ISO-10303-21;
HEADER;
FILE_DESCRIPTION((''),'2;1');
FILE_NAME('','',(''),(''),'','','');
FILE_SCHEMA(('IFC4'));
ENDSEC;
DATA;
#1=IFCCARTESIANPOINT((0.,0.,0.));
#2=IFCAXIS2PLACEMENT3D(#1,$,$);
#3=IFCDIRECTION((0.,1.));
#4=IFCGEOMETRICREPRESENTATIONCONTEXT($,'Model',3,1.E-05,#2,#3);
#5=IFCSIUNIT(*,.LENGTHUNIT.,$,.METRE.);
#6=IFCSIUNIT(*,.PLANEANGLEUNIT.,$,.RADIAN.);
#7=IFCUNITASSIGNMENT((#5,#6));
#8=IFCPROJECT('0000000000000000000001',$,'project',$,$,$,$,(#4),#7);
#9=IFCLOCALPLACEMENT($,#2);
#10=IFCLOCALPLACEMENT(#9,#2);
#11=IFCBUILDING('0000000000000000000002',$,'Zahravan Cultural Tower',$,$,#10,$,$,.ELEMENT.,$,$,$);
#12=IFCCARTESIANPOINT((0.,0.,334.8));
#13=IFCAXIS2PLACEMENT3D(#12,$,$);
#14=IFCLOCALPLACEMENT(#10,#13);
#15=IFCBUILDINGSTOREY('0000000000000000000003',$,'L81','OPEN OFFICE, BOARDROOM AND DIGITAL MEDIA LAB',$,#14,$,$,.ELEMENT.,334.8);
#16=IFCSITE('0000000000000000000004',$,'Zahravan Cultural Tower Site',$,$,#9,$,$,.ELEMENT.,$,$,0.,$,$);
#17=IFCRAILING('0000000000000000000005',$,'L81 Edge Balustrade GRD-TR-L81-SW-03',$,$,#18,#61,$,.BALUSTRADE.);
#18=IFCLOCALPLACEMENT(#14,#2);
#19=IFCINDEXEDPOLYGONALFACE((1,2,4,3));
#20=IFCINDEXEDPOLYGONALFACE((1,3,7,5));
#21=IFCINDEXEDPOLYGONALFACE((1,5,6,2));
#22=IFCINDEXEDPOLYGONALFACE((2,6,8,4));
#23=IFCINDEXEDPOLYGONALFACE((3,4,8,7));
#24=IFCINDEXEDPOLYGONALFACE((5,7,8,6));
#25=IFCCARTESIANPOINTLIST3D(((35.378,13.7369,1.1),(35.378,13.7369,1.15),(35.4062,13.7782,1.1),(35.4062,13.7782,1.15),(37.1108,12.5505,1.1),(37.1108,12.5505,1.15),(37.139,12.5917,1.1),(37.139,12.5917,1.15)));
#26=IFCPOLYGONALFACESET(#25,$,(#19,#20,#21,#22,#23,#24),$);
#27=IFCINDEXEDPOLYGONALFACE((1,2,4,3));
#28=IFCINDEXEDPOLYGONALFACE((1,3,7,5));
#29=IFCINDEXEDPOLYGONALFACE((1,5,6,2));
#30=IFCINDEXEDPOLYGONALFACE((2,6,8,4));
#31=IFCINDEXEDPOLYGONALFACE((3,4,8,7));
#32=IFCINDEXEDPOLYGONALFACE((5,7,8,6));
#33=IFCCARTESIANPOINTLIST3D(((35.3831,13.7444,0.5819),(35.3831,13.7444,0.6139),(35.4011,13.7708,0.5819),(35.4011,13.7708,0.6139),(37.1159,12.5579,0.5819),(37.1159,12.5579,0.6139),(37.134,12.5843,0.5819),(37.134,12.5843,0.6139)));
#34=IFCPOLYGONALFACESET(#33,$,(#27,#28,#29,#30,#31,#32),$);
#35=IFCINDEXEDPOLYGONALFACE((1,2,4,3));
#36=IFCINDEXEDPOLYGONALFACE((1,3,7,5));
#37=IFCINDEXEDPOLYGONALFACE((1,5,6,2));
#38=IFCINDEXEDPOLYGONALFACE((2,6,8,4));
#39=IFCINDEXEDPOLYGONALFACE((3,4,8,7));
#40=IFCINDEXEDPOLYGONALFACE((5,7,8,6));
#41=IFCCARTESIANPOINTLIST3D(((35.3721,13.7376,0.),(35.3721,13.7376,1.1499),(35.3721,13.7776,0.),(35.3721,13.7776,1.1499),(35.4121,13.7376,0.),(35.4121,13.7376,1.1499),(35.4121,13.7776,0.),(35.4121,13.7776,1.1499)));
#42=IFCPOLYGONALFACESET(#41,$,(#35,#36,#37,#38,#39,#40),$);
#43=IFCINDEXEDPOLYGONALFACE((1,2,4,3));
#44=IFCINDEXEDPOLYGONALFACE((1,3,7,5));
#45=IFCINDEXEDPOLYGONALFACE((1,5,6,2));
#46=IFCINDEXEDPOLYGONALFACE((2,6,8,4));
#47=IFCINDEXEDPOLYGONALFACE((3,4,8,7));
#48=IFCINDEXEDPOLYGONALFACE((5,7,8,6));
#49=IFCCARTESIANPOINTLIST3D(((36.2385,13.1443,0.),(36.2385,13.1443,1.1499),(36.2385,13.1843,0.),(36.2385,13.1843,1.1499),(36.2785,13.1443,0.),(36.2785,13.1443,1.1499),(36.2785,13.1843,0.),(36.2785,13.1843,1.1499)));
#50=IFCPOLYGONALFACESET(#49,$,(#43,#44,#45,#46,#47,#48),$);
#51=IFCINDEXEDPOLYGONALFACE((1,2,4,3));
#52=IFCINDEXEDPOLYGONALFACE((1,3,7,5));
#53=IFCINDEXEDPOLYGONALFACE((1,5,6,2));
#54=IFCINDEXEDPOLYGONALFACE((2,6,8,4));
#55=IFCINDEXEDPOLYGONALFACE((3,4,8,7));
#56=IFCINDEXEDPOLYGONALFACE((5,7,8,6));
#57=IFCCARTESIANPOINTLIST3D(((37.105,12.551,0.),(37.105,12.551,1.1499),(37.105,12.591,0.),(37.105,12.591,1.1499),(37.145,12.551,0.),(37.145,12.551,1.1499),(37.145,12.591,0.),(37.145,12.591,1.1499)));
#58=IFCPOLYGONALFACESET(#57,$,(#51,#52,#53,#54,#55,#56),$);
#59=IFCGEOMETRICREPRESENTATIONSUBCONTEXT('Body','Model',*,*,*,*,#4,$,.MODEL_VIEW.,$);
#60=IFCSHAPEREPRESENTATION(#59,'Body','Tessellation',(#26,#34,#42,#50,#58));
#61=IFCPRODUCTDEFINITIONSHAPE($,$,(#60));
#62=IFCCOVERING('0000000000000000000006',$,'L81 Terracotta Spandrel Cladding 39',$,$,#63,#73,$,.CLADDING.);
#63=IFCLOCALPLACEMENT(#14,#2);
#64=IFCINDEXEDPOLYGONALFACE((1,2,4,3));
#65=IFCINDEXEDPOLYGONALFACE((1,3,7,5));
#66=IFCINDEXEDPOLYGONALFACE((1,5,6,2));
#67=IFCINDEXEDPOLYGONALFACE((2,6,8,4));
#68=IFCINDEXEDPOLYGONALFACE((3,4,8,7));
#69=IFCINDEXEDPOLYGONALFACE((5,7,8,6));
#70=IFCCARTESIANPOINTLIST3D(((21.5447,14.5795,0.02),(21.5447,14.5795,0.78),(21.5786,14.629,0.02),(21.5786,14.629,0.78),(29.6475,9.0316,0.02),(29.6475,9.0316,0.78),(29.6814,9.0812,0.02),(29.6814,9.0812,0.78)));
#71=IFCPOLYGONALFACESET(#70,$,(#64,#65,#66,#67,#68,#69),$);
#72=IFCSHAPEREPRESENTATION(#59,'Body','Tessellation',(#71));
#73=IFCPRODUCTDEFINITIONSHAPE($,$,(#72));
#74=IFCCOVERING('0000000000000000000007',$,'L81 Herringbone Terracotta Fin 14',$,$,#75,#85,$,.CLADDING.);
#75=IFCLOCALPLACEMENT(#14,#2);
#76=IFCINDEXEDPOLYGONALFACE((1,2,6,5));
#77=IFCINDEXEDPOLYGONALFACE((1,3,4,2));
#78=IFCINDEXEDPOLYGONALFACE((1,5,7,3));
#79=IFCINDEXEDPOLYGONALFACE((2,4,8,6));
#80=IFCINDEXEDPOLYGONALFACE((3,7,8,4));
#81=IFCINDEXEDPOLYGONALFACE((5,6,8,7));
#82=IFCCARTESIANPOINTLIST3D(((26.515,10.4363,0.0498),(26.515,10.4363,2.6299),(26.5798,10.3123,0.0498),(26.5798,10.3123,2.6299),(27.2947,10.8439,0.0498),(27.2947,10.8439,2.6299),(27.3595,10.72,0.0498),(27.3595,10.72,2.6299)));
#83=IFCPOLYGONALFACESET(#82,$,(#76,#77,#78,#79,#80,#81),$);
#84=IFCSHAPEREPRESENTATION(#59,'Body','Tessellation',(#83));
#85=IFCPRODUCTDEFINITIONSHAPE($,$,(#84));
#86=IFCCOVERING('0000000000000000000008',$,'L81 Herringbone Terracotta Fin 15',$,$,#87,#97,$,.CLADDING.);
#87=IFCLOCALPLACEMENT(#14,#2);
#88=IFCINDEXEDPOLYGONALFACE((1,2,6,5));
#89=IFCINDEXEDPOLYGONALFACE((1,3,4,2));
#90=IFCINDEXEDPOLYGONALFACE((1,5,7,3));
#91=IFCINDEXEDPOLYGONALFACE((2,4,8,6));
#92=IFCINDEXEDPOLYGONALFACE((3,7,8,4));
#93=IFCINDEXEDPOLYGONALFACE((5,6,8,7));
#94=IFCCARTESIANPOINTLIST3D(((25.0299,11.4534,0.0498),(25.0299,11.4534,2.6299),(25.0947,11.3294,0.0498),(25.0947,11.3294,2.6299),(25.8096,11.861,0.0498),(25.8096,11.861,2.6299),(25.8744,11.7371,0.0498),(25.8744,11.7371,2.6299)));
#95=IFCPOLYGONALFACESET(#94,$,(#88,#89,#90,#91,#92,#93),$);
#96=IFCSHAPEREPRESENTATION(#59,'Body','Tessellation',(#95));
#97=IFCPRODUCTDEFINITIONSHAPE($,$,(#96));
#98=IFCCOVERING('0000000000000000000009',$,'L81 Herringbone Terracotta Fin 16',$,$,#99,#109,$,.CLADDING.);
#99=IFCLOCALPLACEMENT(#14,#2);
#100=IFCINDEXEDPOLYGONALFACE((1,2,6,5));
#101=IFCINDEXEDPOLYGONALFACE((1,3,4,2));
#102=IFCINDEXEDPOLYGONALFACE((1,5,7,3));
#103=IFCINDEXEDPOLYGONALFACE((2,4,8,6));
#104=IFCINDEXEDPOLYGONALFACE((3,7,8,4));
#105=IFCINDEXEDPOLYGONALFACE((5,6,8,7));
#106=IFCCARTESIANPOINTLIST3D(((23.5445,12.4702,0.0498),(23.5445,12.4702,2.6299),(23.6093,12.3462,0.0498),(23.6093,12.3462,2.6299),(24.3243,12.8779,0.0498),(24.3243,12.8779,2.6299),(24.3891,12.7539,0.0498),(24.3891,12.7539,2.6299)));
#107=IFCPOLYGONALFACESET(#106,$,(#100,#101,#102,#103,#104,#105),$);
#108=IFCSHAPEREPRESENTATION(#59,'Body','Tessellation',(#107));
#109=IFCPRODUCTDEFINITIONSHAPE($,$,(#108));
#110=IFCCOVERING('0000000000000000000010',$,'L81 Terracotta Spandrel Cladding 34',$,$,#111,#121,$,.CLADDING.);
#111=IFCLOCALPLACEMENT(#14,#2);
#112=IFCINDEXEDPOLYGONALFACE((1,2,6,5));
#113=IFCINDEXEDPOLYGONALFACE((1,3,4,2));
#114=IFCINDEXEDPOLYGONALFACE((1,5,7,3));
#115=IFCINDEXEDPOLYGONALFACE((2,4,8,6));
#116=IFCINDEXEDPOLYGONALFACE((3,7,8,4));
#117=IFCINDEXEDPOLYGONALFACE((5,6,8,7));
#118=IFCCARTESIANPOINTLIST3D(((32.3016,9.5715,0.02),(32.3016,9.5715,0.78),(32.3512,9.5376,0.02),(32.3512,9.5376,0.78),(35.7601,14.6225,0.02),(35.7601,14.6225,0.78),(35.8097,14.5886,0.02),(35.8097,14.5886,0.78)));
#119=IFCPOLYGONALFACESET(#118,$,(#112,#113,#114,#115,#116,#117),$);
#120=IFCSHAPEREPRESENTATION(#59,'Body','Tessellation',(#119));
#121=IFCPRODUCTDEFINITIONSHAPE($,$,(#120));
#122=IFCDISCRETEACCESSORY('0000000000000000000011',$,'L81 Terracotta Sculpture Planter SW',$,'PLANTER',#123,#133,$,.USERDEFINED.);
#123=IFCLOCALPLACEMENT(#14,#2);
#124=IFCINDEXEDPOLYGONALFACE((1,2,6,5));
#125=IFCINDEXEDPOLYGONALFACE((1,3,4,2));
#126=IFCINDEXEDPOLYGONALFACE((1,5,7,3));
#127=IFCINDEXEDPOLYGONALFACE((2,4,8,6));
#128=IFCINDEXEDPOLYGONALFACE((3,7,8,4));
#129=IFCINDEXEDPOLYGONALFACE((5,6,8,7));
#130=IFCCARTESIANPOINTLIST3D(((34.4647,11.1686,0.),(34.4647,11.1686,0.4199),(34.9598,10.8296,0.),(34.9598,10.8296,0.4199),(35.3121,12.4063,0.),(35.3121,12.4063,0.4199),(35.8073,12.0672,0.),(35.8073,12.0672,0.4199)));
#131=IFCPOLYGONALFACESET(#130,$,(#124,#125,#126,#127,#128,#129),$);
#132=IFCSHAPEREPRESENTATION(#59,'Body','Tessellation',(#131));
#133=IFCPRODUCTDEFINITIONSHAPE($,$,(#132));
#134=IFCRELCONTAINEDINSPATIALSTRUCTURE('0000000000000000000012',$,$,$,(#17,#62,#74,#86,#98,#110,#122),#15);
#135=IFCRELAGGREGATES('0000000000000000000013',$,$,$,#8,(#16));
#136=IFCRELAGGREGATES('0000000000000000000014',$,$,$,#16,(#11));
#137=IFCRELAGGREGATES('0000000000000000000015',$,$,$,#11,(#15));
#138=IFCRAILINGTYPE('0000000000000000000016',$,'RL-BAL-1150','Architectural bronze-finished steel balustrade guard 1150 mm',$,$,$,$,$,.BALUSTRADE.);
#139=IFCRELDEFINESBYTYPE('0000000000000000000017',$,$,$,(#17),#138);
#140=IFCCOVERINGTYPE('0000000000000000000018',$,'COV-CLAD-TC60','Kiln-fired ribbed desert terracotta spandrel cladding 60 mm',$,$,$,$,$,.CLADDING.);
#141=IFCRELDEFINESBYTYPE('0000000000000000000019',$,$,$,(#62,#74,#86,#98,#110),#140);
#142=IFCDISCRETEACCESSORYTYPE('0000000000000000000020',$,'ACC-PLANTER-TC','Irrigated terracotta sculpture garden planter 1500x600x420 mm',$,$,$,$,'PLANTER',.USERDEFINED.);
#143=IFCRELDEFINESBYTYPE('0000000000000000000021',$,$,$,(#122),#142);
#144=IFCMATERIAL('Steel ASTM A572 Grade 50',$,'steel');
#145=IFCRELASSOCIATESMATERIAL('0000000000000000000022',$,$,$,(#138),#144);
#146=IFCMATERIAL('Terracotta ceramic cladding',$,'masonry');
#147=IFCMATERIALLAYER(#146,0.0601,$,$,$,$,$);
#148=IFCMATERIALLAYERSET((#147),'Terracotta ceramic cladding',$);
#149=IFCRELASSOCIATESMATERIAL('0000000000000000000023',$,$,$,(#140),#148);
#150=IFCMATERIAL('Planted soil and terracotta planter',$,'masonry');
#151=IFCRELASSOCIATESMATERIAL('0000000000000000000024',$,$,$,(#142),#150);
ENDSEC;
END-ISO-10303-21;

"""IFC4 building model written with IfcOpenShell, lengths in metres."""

from ifc_helpers import new_model, si_unit, direction, frame, origin, origin_2d, place, context, subcontext, project, spatial, rectangle, extrude, source, transform, mapped, material, layer, layer_set, type_object, element, save


model = new_model("IFC4")

# Units and contexts
model_context = context("Model", 3, precision=1e-05, world=origin(), true_north=direction((0.0, 1.0)))
body_context = subcontext(model_context, "Body", "Model", "MODEL_VIEW")
ifc_project = project(units=[si_unit("LENGTHUNIT", "METRE"), si_unit("PLANEANGLEUNIT", "RADIAN")], contexts=[model_context])

# Site, building, storey
site_placement = place(None, origin())
site = spatial("IfcSite", under=ifc_project, at=site_placement, Name="Zahravan Cultural Tower Site", CompositionType="ELEMENT", RefElevation=0.0)
building_placement = place(site_placement, origin())
building = spatial("IfcBuilding", under=site, at=building_placement, Name="Zahravan Cultural Tower", CompositionType="ELEMENT")
storey_placement = place(building_placement, frame((0.0, 0.0, 334.8)))
storey = spatial("IfcBuildingStorey", under=building, at=storey_placement, Name="L81", Description="OPEN OFFICE, BOARDROOM AND DIGITAL MEDIA LAB", CompositionType="ELEMENT", Elevation=334.8)

# Railing
ifc_material_1 = material(Name="Steel ASTM A572 Grade 50", Category="steel")
railing_type = type_object("IfcRailingType", Name="RL-BAL-1150", Description="Architectural bronze-finished steel balustrade guard 1150 mm", PredefinedType="BALUSTRADE", material=ifc_material_1)
railing_1_placement = place(storey_placement, frame((35.3921, 13.7576, 0.0)))
element("IfcRailing", 1, at=railing_1_placement, inside=storey, type_object=railing_type, Name="L81 Edge Balustrade GRD-TR-L81-SW-03", PredefinedType="BALUSTRADE", context=body_context, shape_type="SweptSolid", body=[
    extrude(rectangle(XDim=0.05, YDim=0.05, at=origin_2d()), frame((0.0, 0.0, 1.125), z_axis=(0.825119, -0.564959, 0.0), x_axis=(0.564959, 0.825119, 0.0)), (0.0, 0.0, 1.0), 2.1001),
    extrude(rectangle(XDim=0.032, YDim=0.032, at=origin_2d()), frame((0.0, 0.0, 0.5979), z_axis=(0.825119, -0.564959, 0.0), x_axis=(0.564959, 0.825119, 0.0)), (0.0, 0.0, 1.0), 2.1001),
    extrude(rectangle(XDim=0.04, YDim=0.04, at=origin_2d()), origin(), (0.0, 0.0, 1.0), 1.1499),
    extrude(rectangle(XDim=0.04, YDim=0.04, at=origin_2d()), frame((0.8665, -0.5933, 0.0)), (0.0, 0.0, 1.0), 1.1499),
    extrude(rectangle(XDim=0.04, YDim=0.04, at=origin_2d()), frame((1.7329, -1.1865, 0.0)), (0.0, 0.0, 1.0), 1.1499),
])

# Coverings
ifc_material_2 = material(Name="Terracotta ceramic cladding", Category="masonry")
ifc_layer_1 = layer(ifc_material_2, 0.0601)
ifc_layer_set_1 = layer_set([ifc_layer_1], Name="Terracotta ceramic cladding")
covering_type = type_object("IfcCoveringType", Name="COV-CLAD-TC60", Description="Kiln-fired ribbed desert terracotta spandrel cladding 60 mm", PredefinedType="CLADDING", material=ifc_layer_set_1)
shared_shape_1 = source(origin(), body_context, "Body", "SweptSolid", [
    extrude(rectangle(XDim=9.8201, YDim=0.0601, at=origin_2d()), origin(), (0.0, 0.0, 1.0), 0.76),
])
covering_1_placement = place(storey_placement, frame((25.613, 11.8303, 0.02), z_axis=(0.0, 0.0, 1.0), x_axis=(-0.825123, 0.564953, 0.0)))
element("IfcCovering", 2, at=covering_1_placement, inside=storey, type_object=covering_type, Name="L81 Terracotta Spandrel Cladding 39", PredefinedType="CLADDING", context=body_context, shape_type="MappedRepresentation", body=[
    mapped(shared_shape_1, transform((0.0, 0.0, 0.0), x_axis=(1.0, 0.0, 0.0), y_axis=(0.0, 1.0, 0.0), z_axis=(0.0, 0.0, 1.0), scale=1.0)),
])
shared_shape_2 = source(origin(), body_context, "Body", "SweptSolid", [
    extrude(rectangle(XDim=0.8799, YDim=0.1399, at=origin_2d()), origin(), (0.0, 0.0, 1.0), 2.5801),
])
for number, where, z_axis, x_axis, name in (
    (3, (26.9373, 10.5781, 0.0498), (0.0, 0.0, 1.0), (-0.886195, -0.463312, 0.0), "L81 Herringbone Terracotta Fin 14"),
    (4, (25.4521, 11.5952, 0.0498), (0.0, 0.0, 1.0), (-0.886195, -0.463312, 0.0), "L81 Herringbone Terracotta Fin 15"),
    (5, (23.9668, 12.6121, 0.0498), (0.0, 0.0, 1.0), (-0.886195, -0.463312, 0.0), "L81 Herringbone Terracotta Fin 16"),
):
    element("IfcCovering", number, at=place(storey_placement, frame(where, z_axis=z_axis, x_axis=x_axis)), inside=storey, type_object=covering_type, Name=name, PredefinedType="CLADDING", context=body_context, shape_type="MappedRepresentation", body=[
        mapped(shared_shape_2, transform((0.0, 0.0, 0.0), x_axis=(1.0, 0.0, 0.0), y_axis=(0.0, 1.0, 0.0), z_axis=(0.0, 0.0, 1.0), scale=1.0)),
    ])
shared_shape_3 = source(origin(), body_context, "Body", "SweptSolid", [
    extrude(rectangle(XDim=6.1216, YDim=0.0601, at=origin_2d()), origin(), (0.0, 0.0, 1.0), 0.76),
])
covering_2_placement = place(storey_placement, frame((34.0557, 12.0801, 0.02), z_axis=(0.0, 0.0, 1.0), x_axis=(-0.564967, -0.825113, 0.0)))
element("IfcCovering", 6, at=covering_2_placement, inside=storey, type_object=covering_type, Name="L81 Terracotta Spandrel Cladding 34", PredefinedType="CLADDING", context=body_context, shape_type="MappedRepresentation", body=[
    mapped(shared_shape_3, transform((0.0, 0.0, 0.0), x_axis=(1.0, 0.0, 0.0), y_axis=(0.0, 1.0, 0.0), z_axis=(0.0, 0.0, 1.0), scale=1.0)),
])

# Discrete accessory
ifc_material_3 = material(Name="Planted soil and terracotta planter", Category="masonry")
discrete_accessory_type = type_object("IfcDiscreteAccessoryType", Name="ACC-PLANTER-TC", Description="Irrigated terracotta sculpture garden planter 1500x600x420 mm", ElementType="PLANTER", PredefinedType="USERDEFINED", material=ifc_material_3)
shared_shape_4 = source(origin(), body_context, "Body", "SweptSolid", [
    extrude(rectangle(XDim=1.5, YDim=0.6001, at=origin_2d()), origin(), (0.0, 0.0, 1.0), 0.4199),
])
discrete_accessory_placement = place(storey_placement, frame((35.136, 11.6179, 0.0), z_axis=(0.0, 0.0, 1.0), x_axis=(0.564967, 0.825113, 0.0)))
element("IfcDiscreteAccessory", 7, at=discrete_accessory_placement, inside=storey, type_object=discrete_accessory_type, Name="L81 Terracotta Sculpture Planter SW", ObjectType="PLANTER", PredefinedType="USERDEFINED", context=body_context, shape_type="MappedRepresentation", body=[
    mapped(shared_shape_4, transform((0.0, 0.0, 0.0), x_axis=(1.0, 0.0, 0.0), y_axis=(0.0, 1.0, 0.0), z_axis=(0.0, 0.0, 1.0), scale=1.0)),
])

save(model, "model.ifc")
